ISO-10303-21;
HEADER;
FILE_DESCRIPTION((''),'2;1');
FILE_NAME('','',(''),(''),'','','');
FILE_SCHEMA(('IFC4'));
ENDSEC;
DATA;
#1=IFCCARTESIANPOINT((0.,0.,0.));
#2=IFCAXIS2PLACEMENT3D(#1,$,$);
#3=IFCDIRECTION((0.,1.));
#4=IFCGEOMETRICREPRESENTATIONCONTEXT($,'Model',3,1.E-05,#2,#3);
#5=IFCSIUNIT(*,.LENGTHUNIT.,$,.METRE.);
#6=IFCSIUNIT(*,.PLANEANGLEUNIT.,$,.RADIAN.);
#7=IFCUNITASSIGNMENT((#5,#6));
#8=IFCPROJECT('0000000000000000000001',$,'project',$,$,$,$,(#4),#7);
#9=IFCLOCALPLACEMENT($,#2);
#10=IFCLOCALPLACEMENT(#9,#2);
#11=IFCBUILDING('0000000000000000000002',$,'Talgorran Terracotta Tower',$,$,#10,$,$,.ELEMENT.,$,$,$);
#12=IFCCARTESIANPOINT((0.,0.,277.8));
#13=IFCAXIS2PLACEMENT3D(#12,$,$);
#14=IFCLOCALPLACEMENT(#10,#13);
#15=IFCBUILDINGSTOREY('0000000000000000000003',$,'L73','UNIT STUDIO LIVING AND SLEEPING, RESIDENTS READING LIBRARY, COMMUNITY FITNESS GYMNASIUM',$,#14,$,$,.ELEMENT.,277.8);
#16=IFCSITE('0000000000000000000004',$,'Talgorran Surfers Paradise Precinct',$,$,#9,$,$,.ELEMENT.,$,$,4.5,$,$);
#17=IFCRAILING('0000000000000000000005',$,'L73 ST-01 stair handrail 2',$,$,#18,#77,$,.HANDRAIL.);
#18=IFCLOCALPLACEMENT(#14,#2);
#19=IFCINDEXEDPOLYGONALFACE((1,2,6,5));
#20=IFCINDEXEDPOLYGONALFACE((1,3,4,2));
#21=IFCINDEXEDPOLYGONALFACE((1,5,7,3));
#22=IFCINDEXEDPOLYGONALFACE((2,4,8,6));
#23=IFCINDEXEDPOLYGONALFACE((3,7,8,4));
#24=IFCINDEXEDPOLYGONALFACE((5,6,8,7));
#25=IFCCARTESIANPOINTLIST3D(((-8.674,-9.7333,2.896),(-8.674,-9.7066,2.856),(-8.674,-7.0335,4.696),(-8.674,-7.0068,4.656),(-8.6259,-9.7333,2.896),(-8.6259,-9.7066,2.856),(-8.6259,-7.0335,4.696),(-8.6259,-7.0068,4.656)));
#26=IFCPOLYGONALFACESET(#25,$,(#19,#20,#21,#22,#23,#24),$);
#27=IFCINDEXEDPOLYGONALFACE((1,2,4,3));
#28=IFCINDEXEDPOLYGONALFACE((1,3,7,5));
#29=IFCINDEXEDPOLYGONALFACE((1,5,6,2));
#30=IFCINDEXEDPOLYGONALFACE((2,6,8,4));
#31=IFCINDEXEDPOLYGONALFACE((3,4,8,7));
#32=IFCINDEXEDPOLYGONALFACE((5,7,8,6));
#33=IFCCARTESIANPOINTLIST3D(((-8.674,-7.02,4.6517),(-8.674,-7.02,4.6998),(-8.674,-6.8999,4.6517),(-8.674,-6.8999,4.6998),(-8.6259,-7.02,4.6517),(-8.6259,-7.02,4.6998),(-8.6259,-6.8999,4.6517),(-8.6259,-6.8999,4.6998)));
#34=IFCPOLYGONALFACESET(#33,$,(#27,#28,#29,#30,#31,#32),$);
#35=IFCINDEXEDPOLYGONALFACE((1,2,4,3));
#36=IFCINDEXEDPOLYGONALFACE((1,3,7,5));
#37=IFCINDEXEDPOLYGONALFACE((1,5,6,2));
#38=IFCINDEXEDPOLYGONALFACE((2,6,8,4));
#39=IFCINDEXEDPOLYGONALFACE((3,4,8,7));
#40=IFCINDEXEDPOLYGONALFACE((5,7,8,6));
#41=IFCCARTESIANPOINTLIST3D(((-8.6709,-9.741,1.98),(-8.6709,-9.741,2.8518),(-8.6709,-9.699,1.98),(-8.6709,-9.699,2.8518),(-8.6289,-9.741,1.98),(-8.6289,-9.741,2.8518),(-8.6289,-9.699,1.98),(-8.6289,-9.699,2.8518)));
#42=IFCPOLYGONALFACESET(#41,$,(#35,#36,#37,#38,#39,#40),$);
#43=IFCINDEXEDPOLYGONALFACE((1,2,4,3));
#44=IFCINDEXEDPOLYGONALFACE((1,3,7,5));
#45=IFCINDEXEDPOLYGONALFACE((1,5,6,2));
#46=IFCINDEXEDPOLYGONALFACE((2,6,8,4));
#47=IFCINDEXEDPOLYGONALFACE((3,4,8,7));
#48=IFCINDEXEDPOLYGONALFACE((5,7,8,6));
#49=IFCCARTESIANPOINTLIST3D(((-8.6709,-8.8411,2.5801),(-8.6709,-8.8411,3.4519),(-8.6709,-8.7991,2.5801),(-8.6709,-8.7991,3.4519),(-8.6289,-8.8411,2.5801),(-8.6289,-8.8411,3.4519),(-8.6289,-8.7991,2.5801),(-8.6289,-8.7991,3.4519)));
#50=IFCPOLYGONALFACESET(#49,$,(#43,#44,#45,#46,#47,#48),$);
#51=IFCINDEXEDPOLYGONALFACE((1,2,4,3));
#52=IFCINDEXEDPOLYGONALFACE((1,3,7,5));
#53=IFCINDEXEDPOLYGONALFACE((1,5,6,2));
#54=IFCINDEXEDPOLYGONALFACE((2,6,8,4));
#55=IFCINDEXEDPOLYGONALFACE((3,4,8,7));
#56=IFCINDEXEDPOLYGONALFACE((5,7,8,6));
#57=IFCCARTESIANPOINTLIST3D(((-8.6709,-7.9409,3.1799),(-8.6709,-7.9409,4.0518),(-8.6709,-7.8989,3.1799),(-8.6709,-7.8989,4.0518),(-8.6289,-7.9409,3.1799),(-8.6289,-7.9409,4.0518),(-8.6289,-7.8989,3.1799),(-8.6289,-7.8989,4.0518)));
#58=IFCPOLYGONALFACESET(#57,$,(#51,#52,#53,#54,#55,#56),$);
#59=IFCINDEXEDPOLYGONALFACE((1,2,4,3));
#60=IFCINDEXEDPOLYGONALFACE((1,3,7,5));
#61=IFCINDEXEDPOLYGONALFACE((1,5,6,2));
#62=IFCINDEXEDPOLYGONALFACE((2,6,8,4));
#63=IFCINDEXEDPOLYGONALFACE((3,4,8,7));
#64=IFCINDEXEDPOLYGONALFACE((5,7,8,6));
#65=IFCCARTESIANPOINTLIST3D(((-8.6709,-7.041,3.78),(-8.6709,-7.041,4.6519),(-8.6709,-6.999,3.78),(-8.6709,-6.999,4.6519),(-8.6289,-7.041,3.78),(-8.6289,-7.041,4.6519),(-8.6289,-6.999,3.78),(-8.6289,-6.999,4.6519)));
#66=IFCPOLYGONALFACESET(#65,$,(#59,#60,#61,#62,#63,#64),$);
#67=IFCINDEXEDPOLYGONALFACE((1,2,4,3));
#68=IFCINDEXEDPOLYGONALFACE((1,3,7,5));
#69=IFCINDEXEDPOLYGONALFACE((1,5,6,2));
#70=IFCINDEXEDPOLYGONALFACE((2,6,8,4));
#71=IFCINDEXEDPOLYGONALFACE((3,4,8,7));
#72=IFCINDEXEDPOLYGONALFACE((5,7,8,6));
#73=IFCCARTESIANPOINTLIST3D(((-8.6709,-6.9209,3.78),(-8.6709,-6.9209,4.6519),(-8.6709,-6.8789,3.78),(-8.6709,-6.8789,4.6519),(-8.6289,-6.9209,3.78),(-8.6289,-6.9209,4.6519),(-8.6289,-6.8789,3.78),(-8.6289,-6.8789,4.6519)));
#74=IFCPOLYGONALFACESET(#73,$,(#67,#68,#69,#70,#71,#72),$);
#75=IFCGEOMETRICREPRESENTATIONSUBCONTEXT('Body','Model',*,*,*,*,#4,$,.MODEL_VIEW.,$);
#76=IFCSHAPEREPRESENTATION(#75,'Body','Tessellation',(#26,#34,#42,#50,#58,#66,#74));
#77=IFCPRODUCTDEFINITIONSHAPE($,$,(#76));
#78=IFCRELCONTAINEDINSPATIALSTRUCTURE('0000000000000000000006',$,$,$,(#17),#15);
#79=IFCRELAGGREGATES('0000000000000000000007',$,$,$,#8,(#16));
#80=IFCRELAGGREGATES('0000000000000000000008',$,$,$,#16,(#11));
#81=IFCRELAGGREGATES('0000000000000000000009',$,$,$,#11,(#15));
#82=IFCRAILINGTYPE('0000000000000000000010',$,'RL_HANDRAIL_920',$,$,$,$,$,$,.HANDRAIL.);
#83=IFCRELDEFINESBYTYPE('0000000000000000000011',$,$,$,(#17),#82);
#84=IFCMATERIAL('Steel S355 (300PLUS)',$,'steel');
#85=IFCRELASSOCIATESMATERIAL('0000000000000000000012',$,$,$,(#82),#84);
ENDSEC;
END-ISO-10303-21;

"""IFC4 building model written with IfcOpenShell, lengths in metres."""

from ifc_helpers import new_model, si_unit, direction, frame, origin, origin_2d, place, context, subcontext, project, spatial, rectangle, extrude, material, type_object, element, save


model = new_model("IFC4")

# Units and contexts
model_context = context("Model", 3, precision=1e-05, world=origin(), true_north=direction((0.0, 1.0)))
body_context = subcontext(model_context, "Body", "Model", "MODEL_VIEW")
ifc_project = project(units=[si_unit("LENGTHUNIT", "METRE"), si_unit("PLANEANGLEUNIT", "RADIAN")], contexts=[model_context])

# Site, building, storey
site_placement = place(None, origin())
site = spatial("IfcSite", under=ifc_project, at=site_placement, Name="Talgorran Surfers Paradise Precinct", CompositionType="ELEMENT", RefElevation=4.5)
building_placement = place(site_placement, origin())
building = spatial("IfcBuilding", under=site, at=building_placement, Name="Talgorran Terracotta Tower", CompositionType="ELEMENT")
storey_placement = place(building_placement, frame((0.0, 0.0, 277.8)))
storey = spatial("IfcBuildingStorey", under=building, at=storey_placement, Name="L73", Description="UNIT STUDIO LIVING AND SLEEPING, RESIDENTS READING LIBRARY, COMMUNITY FITNESS GYMNASIUM", CompositionType="ELEMENT", Elevation=277.8)

# Railing
ifc_material_1 = material(Name="Steel S355 (300PLUS)", Category="steel")
railing_type = type_object("IfcRailingType", Name="RL_HANDRAIL_920", PredefinedType="HANDRAIL", material=ifc_material_1)
railing_placement = place(storey_placement, frame((-8.6499, -9.72, 1.98)))
element("IfcRailing", 1, at=railing_placement, inside=storey, type_object=railing_type, Name="L73 ST-01 stair handrail 2", PredefinedType="HANDRAIL", context=body_context, shape_type="SweptSolid", body=[
    extrude(rectangle(XDim=0.0481, YDim=0.0481, at=origin_2d()), frame((0.0, 0.0, 0.896), z_axis=(0.0, 0.832039, 0.554718), x_axis=(-1.0, 0.0, 0.0)), (0.0, 0.0, 1.0), 3.2449),
    extrude(rectangle(XDim=0.0481, YDim=0.0481, at=origin_2d()), frame((0.0, 2.7, 2.6958), z_axis=(0.0, 1.0, 0.0), x_axis=(-1.0, 0.0, 0.0)), (0.0, 0.0, 1.0), 0.1201),
    extrude(rectangle(XDim=0.042, YDim=0.042, at=origin_2d()), origin(), (0.0, 0.0, 1.0), 0.8718),
    extrude(rectangle(XDim=0.042, YDim=0.042, at=origin_2d()), frame((0.0, 0.8999, 0.6001)), (0.0, 0.0, 1.0), 0.8718),
    extrude(rectangle(XDim=0.042, YDim=0.042, at=origin_2d()), frame((0.0, 1.8, 1.2)), (0.0, 0.0, 1.0), 0.8718),
    extrude(rectangle(XDim=0.042, YDim=0.042, at=origin_2d()), frame((0.0, 2.7, 1.8)), (0.0, 0.0, 1.0), 0.8718),
    extrude(rectangle(XDim=0.042, YDim=0.042, at=origin_2d()), frame((0.0, 2.8201, 1.8)), (0.0, 0.0, 1.0), 0.8718),
])

save(model, "model.ifc")
